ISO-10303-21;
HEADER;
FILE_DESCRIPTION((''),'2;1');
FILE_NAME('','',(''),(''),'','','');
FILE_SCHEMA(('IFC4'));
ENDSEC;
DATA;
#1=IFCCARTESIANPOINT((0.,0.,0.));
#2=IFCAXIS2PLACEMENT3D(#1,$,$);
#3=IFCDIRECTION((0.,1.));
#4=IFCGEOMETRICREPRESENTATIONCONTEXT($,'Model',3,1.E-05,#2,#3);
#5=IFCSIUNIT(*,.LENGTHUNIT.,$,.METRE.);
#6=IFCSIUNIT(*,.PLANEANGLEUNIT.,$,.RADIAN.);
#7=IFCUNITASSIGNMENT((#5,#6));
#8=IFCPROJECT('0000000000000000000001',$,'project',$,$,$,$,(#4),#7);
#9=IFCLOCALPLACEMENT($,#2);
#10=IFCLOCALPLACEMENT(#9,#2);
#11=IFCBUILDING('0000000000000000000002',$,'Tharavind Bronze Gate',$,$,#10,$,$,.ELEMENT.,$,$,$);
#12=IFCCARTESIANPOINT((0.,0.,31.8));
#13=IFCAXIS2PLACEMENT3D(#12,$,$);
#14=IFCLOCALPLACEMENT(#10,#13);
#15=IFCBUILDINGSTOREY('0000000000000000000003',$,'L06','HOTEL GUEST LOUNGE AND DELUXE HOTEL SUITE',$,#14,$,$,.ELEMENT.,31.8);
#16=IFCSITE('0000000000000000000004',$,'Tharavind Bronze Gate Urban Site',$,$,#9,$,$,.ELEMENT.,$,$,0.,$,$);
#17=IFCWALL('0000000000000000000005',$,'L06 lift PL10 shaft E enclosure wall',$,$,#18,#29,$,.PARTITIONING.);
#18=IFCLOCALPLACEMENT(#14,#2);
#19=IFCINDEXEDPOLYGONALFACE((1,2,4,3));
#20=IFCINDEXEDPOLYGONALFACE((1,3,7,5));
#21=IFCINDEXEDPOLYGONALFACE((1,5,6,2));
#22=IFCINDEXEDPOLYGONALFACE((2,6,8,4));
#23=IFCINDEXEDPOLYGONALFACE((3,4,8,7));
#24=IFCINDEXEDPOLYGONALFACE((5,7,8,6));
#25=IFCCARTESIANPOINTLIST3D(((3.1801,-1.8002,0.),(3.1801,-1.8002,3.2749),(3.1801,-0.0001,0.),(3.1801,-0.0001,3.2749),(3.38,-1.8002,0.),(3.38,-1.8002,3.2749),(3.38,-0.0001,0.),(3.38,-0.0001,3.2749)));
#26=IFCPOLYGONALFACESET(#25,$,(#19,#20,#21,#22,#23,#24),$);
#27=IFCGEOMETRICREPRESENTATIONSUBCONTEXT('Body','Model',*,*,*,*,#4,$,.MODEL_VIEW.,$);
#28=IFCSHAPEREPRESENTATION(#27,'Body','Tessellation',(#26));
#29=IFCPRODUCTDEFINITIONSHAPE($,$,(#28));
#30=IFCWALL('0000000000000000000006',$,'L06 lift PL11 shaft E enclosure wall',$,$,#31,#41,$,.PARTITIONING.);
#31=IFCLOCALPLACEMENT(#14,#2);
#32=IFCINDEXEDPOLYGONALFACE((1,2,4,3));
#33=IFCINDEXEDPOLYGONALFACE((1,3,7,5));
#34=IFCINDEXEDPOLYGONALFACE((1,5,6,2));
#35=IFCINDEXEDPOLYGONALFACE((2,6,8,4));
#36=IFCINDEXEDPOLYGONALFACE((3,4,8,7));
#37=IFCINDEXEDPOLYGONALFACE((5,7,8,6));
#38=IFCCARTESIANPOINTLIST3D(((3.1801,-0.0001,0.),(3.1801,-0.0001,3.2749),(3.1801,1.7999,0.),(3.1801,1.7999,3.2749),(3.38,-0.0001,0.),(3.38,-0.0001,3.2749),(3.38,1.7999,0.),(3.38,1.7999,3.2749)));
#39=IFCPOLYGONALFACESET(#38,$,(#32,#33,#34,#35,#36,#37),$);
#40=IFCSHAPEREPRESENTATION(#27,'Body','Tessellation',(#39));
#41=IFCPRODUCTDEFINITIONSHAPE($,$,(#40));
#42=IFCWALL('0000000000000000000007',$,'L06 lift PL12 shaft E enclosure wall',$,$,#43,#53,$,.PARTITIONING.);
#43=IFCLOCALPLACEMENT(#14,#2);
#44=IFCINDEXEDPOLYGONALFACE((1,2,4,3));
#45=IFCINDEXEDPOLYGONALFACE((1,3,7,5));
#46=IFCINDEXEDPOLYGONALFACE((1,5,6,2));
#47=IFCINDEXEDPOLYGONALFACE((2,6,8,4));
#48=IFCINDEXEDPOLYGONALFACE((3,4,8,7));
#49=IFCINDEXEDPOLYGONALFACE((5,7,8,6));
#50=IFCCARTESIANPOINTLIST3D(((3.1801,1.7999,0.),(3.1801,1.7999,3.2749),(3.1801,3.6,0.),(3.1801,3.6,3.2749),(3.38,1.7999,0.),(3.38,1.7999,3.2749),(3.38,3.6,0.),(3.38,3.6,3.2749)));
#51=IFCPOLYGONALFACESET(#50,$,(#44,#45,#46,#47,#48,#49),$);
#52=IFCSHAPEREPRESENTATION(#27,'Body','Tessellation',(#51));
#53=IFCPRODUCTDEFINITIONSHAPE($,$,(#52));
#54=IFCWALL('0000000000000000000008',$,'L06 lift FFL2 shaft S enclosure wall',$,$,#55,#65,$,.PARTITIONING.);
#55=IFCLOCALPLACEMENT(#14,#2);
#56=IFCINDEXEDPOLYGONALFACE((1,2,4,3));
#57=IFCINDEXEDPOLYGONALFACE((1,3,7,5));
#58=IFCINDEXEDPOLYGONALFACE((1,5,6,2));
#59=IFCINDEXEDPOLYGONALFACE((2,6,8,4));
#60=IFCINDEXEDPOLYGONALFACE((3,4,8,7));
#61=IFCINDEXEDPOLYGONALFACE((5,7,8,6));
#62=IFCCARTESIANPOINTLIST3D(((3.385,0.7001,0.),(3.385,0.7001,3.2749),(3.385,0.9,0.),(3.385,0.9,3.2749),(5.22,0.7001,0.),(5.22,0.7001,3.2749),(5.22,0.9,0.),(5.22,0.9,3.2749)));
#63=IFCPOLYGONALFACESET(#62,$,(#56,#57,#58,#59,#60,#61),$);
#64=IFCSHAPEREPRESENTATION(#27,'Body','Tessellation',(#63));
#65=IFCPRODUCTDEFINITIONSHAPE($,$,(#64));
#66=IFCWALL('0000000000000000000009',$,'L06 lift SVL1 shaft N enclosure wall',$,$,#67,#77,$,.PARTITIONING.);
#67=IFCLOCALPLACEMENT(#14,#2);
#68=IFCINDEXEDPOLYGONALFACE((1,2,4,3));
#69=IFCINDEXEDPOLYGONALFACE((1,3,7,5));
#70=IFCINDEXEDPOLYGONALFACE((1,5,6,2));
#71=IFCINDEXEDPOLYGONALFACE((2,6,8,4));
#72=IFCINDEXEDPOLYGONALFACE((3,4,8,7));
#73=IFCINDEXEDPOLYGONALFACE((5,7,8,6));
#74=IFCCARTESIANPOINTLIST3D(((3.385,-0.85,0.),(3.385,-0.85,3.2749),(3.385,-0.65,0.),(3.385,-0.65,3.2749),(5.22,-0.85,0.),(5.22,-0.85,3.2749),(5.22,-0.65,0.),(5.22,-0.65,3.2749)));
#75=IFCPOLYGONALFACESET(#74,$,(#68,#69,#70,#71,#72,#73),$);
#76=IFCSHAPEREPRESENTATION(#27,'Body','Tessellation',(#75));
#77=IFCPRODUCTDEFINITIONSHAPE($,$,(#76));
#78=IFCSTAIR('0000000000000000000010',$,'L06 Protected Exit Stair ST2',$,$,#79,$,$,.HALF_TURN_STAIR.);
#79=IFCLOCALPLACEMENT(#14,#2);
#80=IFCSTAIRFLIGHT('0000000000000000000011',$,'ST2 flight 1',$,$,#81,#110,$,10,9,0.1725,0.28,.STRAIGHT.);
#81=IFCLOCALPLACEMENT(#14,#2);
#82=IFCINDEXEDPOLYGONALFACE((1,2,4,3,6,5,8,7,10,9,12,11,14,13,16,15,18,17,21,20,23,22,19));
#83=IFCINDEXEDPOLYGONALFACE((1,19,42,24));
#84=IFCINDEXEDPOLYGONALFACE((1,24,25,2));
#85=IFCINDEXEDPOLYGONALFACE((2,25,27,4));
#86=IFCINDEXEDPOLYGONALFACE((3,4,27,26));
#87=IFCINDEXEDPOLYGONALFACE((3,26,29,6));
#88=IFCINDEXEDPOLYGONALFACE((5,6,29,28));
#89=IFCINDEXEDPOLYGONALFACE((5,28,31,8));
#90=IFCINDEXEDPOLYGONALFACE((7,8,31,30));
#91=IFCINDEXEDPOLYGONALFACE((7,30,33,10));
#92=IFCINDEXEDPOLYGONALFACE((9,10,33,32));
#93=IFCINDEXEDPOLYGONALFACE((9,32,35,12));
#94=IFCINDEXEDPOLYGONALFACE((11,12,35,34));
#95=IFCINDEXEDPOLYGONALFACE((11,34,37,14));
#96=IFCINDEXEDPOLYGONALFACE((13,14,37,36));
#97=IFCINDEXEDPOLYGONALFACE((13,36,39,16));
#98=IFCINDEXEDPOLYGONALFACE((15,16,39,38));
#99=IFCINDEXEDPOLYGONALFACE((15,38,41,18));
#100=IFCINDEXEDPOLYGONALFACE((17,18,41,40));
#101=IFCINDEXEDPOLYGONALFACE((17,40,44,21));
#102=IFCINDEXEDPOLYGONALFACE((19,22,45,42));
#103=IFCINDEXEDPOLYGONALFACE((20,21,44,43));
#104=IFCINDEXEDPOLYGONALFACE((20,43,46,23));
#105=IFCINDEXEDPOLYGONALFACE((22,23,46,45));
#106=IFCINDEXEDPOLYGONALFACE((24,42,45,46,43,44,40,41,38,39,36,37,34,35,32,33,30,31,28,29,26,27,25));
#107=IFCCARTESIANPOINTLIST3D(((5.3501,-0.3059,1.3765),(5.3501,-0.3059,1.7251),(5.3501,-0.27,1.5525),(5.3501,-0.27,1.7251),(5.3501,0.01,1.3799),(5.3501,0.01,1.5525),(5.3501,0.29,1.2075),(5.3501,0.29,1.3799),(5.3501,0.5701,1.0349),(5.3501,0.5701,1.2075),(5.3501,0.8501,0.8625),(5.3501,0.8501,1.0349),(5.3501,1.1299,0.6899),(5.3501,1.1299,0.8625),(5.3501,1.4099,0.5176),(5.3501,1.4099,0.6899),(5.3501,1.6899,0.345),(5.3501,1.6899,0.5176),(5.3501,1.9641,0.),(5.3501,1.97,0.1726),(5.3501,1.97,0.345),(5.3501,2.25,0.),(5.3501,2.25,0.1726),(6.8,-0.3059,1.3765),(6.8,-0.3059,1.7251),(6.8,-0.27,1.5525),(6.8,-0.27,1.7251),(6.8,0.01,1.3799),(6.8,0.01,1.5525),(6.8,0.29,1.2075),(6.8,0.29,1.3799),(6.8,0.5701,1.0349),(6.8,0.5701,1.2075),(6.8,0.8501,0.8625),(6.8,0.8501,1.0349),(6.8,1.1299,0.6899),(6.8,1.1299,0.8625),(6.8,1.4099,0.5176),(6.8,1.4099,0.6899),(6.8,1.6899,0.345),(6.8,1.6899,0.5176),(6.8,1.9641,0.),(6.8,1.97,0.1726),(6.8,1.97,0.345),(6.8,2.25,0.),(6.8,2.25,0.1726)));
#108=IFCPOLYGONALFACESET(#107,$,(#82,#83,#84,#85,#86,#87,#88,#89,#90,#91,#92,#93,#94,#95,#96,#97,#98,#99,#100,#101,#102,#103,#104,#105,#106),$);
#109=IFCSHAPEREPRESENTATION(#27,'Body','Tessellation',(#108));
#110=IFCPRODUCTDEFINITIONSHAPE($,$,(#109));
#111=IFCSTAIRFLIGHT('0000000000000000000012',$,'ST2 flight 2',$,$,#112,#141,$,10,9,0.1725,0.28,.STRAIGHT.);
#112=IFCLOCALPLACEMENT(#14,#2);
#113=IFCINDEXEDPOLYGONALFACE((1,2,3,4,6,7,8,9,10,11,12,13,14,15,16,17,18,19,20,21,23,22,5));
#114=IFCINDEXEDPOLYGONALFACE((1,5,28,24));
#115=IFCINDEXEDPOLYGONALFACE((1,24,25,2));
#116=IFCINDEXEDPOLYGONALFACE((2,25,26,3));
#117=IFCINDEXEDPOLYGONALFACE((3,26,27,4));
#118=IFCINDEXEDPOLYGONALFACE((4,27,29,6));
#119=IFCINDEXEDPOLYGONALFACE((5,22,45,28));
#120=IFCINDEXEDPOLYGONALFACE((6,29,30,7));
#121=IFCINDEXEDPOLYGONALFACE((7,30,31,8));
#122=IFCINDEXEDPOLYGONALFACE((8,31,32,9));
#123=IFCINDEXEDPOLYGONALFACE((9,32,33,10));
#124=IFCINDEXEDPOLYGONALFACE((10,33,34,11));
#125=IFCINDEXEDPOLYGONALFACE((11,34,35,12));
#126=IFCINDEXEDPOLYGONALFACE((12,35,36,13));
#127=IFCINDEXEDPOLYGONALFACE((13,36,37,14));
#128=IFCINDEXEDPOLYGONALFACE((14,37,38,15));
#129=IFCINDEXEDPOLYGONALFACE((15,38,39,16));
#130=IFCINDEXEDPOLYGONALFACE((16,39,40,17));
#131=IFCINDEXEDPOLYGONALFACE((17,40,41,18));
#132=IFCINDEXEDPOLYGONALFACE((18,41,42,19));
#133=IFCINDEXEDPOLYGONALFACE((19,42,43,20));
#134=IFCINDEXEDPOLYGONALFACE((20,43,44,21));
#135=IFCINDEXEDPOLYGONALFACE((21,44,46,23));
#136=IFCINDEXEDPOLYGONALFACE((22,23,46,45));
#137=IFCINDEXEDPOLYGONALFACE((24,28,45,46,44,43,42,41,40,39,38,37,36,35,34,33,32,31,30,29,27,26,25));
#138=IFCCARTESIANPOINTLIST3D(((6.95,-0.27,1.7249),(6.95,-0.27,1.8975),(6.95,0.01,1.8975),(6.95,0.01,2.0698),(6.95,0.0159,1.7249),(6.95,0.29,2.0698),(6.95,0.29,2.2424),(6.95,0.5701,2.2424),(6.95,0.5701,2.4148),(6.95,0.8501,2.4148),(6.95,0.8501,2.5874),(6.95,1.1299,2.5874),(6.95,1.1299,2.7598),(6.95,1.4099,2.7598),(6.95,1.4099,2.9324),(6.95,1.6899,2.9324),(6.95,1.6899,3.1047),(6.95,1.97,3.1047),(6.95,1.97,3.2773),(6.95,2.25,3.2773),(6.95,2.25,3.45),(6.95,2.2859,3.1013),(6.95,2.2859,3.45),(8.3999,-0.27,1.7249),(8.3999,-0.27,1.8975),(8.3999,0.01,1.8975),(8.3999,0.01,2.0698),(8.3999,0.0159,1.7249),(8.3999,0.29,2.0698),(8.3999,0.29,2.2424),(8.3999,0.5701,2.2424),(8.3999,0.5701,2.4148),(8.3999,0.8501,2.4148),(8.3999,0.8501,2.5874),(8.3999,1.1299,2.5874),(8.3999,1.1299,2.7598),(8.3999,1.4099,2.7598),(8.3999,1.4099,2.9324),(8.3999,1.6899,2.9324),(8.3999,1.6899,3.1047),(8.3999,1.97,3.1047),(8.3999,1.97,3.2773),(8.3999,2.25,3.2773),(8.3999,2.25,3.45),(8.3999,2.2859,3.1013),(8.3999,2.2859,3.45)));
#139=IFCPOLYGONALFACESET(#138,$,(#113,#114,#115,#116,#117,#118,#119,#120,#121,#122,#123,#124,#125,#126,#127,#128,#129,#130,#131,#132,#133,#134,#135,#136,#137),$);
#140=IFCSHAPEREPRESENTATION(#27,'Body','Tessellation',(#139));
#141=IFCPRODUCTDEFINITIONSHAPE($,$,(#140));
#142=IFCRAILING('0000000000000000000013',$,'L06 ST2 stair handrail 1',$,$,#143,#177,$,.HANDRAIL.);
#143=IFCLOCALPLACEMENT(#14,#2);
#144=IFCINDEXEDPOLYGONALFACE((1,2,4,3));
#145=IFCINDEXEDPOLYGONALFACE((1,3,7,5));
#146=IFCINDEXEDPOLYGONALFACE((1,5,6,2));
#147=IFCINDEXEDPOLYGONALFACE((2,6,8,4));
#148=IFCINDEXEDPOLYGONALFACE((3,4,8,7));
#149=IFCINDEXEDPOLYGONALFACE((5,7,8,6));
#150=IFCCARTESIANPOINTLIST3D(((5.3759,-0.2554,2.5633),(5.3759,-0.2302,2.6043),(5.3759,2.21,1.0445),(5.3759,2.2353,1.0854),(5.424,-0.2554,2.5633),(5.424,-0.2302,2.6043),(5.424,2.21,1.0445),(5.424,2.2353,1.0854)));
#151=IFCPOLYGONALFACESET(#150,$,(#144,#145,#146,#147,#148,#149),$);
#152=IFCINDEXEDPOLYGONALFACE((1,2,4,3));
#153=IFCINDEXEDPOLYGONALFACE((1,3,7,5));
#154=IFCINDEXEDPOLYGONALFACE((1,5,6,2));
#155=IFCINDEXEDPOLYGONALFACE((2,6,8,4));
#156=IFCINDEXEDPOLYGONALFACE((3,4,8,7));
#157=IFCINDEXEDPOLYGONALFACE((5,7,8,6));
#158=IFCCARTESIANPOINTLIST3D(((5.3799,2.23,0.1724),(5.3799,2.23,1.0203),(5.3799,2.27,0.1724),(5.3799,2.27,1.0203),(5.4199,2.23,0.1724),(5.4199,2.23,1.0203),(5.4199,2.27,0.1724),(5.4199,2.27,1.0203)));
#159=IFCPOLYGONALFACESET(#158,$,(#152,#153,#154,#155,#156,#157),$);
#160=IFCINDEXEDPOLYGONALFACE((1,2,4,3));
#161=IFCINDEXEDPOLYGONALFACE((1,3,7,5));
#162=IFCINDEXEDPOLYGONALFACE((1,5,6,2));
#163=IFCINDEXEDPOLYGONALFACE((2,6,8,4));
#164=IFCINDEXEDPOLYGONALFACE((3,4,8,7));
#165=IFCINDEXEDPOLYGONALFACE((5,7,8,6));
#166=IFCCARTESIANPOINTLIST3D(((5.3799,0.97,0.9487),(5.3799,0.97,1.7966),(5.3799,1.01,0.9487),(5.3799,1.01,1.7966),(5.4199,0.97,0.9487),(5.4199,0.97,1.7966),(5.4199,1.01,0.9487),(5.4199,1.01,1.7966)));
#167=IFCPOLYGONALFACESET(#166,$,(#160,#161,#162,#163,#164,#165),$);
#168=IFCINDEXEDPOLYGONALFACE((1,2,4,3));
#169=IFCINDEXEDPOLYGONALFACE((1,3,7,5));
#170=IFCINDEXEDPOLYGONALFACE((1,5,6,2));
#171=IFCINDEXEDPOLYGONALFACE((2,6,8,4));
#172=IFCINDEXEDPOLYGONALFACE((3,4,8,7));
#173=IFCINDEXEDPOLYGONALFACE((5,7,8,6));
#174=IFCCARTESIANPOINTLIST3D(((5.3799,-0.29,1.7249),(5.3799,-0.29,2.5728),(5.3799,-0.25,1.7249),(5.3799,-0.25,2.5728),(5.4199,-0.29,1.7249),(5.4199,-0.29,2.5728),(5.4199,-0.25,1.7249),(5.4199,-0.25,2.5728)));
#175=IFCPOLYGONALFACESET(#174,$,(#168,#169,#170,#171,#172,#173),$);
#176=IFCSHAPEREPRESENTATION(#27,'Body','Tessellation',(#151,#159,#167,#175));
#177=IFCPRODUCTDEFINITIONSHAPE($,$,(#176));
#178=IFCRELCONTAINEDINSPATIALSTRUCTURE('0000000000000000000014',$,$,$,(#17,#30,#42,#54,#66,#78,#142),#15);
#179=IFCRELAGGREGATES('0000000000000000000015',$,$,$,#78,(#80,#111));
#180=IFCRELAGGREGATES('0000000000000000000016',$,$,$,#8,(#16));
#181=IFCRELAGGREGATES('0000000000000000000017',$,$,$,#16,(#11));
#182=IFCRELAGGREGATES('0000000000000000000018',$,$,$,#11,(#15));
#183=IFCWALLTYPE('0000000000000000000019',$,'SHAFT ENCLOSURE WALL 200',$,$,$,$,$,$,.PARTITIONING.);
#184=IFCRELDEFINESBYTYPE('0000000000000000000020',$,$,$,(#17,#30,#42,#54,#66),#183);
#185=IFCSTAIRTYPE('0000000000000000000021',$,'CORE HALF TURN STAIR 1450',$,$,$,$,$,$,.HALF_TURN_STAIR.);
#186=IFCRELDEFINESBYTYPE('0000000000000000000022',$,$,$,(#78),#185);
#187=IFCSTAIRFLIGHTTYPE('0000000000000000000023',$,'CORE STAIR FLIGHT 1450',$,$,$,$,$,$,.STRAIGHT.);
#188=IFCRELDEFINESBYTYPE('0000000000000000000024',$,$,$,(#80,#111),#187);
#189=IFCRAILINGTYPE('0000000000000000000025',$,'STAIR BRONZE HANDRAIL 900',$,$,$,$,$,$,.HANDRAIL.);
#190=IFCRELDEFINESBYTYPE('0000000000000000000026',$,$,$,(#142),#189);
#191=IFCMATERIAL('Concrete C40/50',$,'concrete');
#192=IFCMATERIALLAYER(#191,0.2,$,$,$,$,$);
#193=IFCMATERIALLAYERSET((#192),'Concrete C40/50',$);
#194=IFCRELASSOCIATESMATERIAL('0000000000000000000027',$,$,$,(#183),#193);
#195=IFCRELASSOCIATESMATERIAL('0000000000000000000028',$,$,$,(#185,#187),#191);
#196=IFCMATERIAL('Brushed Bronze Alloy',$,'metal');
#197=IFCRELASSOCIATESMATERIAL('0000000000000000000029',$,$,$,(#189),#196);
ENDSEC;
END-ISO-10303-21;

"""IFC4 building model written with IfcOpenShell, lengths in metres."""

from ifc_helpers import new_model, si_unit, direction, frame, frame_2d, origin, origin_2d, place, context, subcontext, project, spatial, polyline, rectangle, outline, extrude, material, layer, layer_set, type_object, element, aggregate, save


model = new_model("IFC4")

# Units and contexts
model_context = context("Model", 3, precision=1e-05, world=origin(), true_north=direction((0.0, 1.0)))
body_context = subcontext(model_context, "Body", "Model", "MODEL_VIEW")
ifc_project = project(units=[si_unit("LENGTHUNIT", "METRE"), si_unit("PLANEANGLEUNIT", "RADIAN")], contexts=[model_context])

# Site, building, storey
site_placement = place(None, origin())
site = spatial("IfcSite", under=ifc_project, at=site_placement, Name="Tharavind Bronze Gate Urban Site", CompositionType="ELEMENT", RefElevation=0.0)
building_placement = place(site_placement, origin())
building = spatial("IfcBuilding", under=site, at=building_placement, Name="Tharavind Bronze Gate", CompositionType="ELEMENT")
storey_placement = place(building_placement, frame((0.0, 0.0, 31.8)))
storey = spatial("IfcBuildingStorey", under=building, at=storey_placement, Name="L06", Description="HOTEL GUEST LOUNGE AND DELUXE HOTEL SUITE", CompositionType="ELEMENT", Elevation=31.8)

# Walls
ifc_material_1 = material(Name="Concrete C40/50", Category="concrete")
ifc_layer_1 = layer(ifc_material_1, 0.2)
ifc_layer_set_1 = layer_set([ifc_layer_1], Name="Concrete C40/50")
wall_type_1 = type_object("IfcWallType", Name="SHAFT ENCLOSURE WALL 200", PredefinedType="PARTITIONING", material=ifc_layer_set_1)
for number, where, z_axis, x_axis, name in (
    (1, (3.28, -1.8, 0.0), (0.0, 0.0, 1.0), (0.0, 1.0, 0.0), "L06 lift PL10 shaft E enclosure wall"),
    (2, (3.28, 0.0, 0.0), (0.0, 0.0, 1.0), (0.0, 1.0, 0.0), "L06 lift PL11 shaft E enclosure wall"),
    (3, (3.28, 1.8, 0.0), (0.0, 0.0, 1.0), (0.0, 1.0, 0.0), "L06 lift PL12 shaft E enclosure wall"),
):
    element("IfcWall", number, at=place(storey_placement, frame(where, z_axis=z_axis, x_axis=x_axis)), inside=storey, type_object=wall_type_1, Name=name, PredefinedType="PARTITIONING", context=body_context, shape_type="SweptSolid", body=[
        extrude(rectangle(XDim=1.8, YDim=0.2, at=frame_2d((0.8999, 0.0))), origin(), (0.0, 0.0, 1.0), 3.2749),
    ])
for number, where, z_axis, x_axis, name in (
    (4, (3.385, 0.8, 0.0), (0.0, 0.0, 1.0), (1.0, 0.0, 0.0), "L06 lift FFL2 shaft S enclosure wall"),
    (5, (3.385, -0.75, 0.0), (0.0, 0.0, 1.0), (1.0, 0.0, 0.0), "L06 lift SVL1 shaft N enclosure wall"),
):
    element("IfcWall", number, at=place(storey_placement, frame(where, z_axis=z_axis, x_axis=x_axis)), inside=storey, type_object=wall_type_1, Name=name, PredefinedType="PARTITIONING", context=body_context, shape_type="SweptSolid", body=[
        extrude(rectangle(XDim=1.835, YDim=0.2, at=frame_2d((0.9175, 0.0))), origin(), (0.0, 0.0, 1.0), 3.2749),
    ])

# Stair, stair flights
stair_type = type_object("IfcStairType", Name="CORE HALF TURN STAIR 1450", PredefinedType="HALF_TURN_STAIR", material=ifc_material_1)
stair_placement = place(storey_placement, origin())
stair = element("IfcStair", 6, at=stair_placement, inside=storey, type_object=stair_type, Name="L06 Protected Exit Stair ST2", PredefinedType="HALF_TURN_STAIR")
stair_flight_type = type_object("IfcStairFlightType", Name="CORE STAIR FLIGHT 1450", PredefinedType="STRAIGHT", material=ifc_material_1)
stair_flight_1_placement = place(storey_placement, frame((6.075, 2.25, 0.0), z_axis=(0.0, 0.0, 1.0), x_axis=(0.0, -1.0, 0.0)))
stair_flight_1 = element("IfcStairFlight", 7, at=stair_flight_1_placement, type_object=stair_flight_type, Name="ST2 flight 1", NumberOfRisers=10, NumberOfTreads=9, PredefinedType="STRAIGHT", RiserHeight=0.1725, TreadLength=0.28, context=body_context, shape_type="SweptSolid", body=[
    extrude(outline(polyline([(0.0, 0.0), (0.0, 0.1726), (0.28, 0.1726), (0.28, 0.345), (0.5601, 0.345), (0.5601, 0.5176), (0.8401, 0.5176), (0.8401, 0.6899), (1.1201, 0.6899), (1.1201, 0.8625), (1.3999, 0.8625), (1.3999, 1.0349), (1.6799, 1.0349), (1.6799, 1.2075), (1.96, 1.2075), (1.96, 1.3799), (2.24, 1.3799), (2.24, 1.5525), (2.52, 1.5525), (2.52, 1.7251), (2.5559, 1.7251), (2.5559, 1.3765), (0.2859, 0.0), (0.0, 0.0)])), frame((0.0, 0.7251, 0.0), z_axis=(0.0, -1.0, 0.0), x_axis=(1.0, 0.0, 0.0)), (0.0, 0.0, 1.0), 1.45),
])
stair_flight_2_placement = place(storey_placement, frame((7.675, -0.27, 1.7249), z_axis=(0.0, 0.0, 1.0), x_axis=(0.0, 1.0, 0.0)))
stair_flight_2 = element("IfcStairFlight", 8, at=stair_flight_2_placement, type_object=stair_flight_type, Name="ST2 flight 2", NumberOfRisers=10, NumberOfTreads=9, PredefinedType="STRAIGHT", RiserHeight=0.1725, TreadLength=0.28, context=body_context, shape_type="SweptSolid", body=[
    extrude(outline(polyline([(0.0, 0.0), (0.0, 0.1726), (0.28, 0.1726), (0.28, 0.345), (0.5601, 0.345), (0.5601, 0.5176), (0.8401, 0.5176), (0.8401, 0.6899), (1.1201, 0.6899), (1.1201, 0.8625), (1.3999, 0.8625), (1.3999, 1.0349), (1.6799, 1.0349), (1.6799, 1.2075), (1.96, 1.2075), (1.96, 1.3799), (2.24, 1.3799), (2.24, 1.5525), (2.52, 1.5525), (2.52, 1.7251), (2.5559, 1.7251), (2.5559, 1.3765), (0.2859, 0.0), (0.0, 0.0)])), frame((0.0, 0.7251, 0.0), z_axis=(0.0, -1.0, 0.0), x_axis=(1.0, 0.0, 0.0)), (0.0, 0.0, 1.0), 1.45),
])
aggregate(stair, [stair_flight_1, stair_flight_2])

# Railing
ifc_material_2 = material(Name="Brushed Bronze Alloy", Category="metal")
railing_type_1 = type_object("IfcRailingType", Name="STAIR BRONZE HANDRAIL 900", PredefinedType="HANDRAIL", material=ifc_material_2)
railing_1_placement = place(storey_placement, frame((5.3999, 2.25, 0.1724)))
element("IfcRailing", 9, at=railing_1_placement, inside=storey, type_object=railing_type_1, Name="L06 ST2 stair handrail 1", PredefinedType="HANDRAIL", context=body_context, shape_type="SweptSolid", body=[
    extrude(rectangle(XDim=0.0481, YDim=0.0481, at=origin_2d()), frame((0.0, -0.0273, 0.8926), z_axis=(0.0, -0.8514, 0.524516), x_axis=(1.0, 0.0, 0.0)), (0.0, 0.0, 1.0), 2.8958),
    extrude(rectangle(XDim=0.04, YDim=0.04, at=origin_2d()), origin(), (0.0, 0.0, 1.0), 0.8479),
    extrude(rectangle(XDim=0.04, YDim=0.04, at=origin_2d()), frame((0.0, -1.26, 0.7764)), (0.0, 0.0, 1.0), 0.8479),
    extrude(rectangle(XDim=0.04, YDim=0.04, at=origin_2d()), frame((0.0, -2.52, 1.5525)), (0.0, 0.0, 1.0), 0.8479),
])

save(model, "model.ifc")
